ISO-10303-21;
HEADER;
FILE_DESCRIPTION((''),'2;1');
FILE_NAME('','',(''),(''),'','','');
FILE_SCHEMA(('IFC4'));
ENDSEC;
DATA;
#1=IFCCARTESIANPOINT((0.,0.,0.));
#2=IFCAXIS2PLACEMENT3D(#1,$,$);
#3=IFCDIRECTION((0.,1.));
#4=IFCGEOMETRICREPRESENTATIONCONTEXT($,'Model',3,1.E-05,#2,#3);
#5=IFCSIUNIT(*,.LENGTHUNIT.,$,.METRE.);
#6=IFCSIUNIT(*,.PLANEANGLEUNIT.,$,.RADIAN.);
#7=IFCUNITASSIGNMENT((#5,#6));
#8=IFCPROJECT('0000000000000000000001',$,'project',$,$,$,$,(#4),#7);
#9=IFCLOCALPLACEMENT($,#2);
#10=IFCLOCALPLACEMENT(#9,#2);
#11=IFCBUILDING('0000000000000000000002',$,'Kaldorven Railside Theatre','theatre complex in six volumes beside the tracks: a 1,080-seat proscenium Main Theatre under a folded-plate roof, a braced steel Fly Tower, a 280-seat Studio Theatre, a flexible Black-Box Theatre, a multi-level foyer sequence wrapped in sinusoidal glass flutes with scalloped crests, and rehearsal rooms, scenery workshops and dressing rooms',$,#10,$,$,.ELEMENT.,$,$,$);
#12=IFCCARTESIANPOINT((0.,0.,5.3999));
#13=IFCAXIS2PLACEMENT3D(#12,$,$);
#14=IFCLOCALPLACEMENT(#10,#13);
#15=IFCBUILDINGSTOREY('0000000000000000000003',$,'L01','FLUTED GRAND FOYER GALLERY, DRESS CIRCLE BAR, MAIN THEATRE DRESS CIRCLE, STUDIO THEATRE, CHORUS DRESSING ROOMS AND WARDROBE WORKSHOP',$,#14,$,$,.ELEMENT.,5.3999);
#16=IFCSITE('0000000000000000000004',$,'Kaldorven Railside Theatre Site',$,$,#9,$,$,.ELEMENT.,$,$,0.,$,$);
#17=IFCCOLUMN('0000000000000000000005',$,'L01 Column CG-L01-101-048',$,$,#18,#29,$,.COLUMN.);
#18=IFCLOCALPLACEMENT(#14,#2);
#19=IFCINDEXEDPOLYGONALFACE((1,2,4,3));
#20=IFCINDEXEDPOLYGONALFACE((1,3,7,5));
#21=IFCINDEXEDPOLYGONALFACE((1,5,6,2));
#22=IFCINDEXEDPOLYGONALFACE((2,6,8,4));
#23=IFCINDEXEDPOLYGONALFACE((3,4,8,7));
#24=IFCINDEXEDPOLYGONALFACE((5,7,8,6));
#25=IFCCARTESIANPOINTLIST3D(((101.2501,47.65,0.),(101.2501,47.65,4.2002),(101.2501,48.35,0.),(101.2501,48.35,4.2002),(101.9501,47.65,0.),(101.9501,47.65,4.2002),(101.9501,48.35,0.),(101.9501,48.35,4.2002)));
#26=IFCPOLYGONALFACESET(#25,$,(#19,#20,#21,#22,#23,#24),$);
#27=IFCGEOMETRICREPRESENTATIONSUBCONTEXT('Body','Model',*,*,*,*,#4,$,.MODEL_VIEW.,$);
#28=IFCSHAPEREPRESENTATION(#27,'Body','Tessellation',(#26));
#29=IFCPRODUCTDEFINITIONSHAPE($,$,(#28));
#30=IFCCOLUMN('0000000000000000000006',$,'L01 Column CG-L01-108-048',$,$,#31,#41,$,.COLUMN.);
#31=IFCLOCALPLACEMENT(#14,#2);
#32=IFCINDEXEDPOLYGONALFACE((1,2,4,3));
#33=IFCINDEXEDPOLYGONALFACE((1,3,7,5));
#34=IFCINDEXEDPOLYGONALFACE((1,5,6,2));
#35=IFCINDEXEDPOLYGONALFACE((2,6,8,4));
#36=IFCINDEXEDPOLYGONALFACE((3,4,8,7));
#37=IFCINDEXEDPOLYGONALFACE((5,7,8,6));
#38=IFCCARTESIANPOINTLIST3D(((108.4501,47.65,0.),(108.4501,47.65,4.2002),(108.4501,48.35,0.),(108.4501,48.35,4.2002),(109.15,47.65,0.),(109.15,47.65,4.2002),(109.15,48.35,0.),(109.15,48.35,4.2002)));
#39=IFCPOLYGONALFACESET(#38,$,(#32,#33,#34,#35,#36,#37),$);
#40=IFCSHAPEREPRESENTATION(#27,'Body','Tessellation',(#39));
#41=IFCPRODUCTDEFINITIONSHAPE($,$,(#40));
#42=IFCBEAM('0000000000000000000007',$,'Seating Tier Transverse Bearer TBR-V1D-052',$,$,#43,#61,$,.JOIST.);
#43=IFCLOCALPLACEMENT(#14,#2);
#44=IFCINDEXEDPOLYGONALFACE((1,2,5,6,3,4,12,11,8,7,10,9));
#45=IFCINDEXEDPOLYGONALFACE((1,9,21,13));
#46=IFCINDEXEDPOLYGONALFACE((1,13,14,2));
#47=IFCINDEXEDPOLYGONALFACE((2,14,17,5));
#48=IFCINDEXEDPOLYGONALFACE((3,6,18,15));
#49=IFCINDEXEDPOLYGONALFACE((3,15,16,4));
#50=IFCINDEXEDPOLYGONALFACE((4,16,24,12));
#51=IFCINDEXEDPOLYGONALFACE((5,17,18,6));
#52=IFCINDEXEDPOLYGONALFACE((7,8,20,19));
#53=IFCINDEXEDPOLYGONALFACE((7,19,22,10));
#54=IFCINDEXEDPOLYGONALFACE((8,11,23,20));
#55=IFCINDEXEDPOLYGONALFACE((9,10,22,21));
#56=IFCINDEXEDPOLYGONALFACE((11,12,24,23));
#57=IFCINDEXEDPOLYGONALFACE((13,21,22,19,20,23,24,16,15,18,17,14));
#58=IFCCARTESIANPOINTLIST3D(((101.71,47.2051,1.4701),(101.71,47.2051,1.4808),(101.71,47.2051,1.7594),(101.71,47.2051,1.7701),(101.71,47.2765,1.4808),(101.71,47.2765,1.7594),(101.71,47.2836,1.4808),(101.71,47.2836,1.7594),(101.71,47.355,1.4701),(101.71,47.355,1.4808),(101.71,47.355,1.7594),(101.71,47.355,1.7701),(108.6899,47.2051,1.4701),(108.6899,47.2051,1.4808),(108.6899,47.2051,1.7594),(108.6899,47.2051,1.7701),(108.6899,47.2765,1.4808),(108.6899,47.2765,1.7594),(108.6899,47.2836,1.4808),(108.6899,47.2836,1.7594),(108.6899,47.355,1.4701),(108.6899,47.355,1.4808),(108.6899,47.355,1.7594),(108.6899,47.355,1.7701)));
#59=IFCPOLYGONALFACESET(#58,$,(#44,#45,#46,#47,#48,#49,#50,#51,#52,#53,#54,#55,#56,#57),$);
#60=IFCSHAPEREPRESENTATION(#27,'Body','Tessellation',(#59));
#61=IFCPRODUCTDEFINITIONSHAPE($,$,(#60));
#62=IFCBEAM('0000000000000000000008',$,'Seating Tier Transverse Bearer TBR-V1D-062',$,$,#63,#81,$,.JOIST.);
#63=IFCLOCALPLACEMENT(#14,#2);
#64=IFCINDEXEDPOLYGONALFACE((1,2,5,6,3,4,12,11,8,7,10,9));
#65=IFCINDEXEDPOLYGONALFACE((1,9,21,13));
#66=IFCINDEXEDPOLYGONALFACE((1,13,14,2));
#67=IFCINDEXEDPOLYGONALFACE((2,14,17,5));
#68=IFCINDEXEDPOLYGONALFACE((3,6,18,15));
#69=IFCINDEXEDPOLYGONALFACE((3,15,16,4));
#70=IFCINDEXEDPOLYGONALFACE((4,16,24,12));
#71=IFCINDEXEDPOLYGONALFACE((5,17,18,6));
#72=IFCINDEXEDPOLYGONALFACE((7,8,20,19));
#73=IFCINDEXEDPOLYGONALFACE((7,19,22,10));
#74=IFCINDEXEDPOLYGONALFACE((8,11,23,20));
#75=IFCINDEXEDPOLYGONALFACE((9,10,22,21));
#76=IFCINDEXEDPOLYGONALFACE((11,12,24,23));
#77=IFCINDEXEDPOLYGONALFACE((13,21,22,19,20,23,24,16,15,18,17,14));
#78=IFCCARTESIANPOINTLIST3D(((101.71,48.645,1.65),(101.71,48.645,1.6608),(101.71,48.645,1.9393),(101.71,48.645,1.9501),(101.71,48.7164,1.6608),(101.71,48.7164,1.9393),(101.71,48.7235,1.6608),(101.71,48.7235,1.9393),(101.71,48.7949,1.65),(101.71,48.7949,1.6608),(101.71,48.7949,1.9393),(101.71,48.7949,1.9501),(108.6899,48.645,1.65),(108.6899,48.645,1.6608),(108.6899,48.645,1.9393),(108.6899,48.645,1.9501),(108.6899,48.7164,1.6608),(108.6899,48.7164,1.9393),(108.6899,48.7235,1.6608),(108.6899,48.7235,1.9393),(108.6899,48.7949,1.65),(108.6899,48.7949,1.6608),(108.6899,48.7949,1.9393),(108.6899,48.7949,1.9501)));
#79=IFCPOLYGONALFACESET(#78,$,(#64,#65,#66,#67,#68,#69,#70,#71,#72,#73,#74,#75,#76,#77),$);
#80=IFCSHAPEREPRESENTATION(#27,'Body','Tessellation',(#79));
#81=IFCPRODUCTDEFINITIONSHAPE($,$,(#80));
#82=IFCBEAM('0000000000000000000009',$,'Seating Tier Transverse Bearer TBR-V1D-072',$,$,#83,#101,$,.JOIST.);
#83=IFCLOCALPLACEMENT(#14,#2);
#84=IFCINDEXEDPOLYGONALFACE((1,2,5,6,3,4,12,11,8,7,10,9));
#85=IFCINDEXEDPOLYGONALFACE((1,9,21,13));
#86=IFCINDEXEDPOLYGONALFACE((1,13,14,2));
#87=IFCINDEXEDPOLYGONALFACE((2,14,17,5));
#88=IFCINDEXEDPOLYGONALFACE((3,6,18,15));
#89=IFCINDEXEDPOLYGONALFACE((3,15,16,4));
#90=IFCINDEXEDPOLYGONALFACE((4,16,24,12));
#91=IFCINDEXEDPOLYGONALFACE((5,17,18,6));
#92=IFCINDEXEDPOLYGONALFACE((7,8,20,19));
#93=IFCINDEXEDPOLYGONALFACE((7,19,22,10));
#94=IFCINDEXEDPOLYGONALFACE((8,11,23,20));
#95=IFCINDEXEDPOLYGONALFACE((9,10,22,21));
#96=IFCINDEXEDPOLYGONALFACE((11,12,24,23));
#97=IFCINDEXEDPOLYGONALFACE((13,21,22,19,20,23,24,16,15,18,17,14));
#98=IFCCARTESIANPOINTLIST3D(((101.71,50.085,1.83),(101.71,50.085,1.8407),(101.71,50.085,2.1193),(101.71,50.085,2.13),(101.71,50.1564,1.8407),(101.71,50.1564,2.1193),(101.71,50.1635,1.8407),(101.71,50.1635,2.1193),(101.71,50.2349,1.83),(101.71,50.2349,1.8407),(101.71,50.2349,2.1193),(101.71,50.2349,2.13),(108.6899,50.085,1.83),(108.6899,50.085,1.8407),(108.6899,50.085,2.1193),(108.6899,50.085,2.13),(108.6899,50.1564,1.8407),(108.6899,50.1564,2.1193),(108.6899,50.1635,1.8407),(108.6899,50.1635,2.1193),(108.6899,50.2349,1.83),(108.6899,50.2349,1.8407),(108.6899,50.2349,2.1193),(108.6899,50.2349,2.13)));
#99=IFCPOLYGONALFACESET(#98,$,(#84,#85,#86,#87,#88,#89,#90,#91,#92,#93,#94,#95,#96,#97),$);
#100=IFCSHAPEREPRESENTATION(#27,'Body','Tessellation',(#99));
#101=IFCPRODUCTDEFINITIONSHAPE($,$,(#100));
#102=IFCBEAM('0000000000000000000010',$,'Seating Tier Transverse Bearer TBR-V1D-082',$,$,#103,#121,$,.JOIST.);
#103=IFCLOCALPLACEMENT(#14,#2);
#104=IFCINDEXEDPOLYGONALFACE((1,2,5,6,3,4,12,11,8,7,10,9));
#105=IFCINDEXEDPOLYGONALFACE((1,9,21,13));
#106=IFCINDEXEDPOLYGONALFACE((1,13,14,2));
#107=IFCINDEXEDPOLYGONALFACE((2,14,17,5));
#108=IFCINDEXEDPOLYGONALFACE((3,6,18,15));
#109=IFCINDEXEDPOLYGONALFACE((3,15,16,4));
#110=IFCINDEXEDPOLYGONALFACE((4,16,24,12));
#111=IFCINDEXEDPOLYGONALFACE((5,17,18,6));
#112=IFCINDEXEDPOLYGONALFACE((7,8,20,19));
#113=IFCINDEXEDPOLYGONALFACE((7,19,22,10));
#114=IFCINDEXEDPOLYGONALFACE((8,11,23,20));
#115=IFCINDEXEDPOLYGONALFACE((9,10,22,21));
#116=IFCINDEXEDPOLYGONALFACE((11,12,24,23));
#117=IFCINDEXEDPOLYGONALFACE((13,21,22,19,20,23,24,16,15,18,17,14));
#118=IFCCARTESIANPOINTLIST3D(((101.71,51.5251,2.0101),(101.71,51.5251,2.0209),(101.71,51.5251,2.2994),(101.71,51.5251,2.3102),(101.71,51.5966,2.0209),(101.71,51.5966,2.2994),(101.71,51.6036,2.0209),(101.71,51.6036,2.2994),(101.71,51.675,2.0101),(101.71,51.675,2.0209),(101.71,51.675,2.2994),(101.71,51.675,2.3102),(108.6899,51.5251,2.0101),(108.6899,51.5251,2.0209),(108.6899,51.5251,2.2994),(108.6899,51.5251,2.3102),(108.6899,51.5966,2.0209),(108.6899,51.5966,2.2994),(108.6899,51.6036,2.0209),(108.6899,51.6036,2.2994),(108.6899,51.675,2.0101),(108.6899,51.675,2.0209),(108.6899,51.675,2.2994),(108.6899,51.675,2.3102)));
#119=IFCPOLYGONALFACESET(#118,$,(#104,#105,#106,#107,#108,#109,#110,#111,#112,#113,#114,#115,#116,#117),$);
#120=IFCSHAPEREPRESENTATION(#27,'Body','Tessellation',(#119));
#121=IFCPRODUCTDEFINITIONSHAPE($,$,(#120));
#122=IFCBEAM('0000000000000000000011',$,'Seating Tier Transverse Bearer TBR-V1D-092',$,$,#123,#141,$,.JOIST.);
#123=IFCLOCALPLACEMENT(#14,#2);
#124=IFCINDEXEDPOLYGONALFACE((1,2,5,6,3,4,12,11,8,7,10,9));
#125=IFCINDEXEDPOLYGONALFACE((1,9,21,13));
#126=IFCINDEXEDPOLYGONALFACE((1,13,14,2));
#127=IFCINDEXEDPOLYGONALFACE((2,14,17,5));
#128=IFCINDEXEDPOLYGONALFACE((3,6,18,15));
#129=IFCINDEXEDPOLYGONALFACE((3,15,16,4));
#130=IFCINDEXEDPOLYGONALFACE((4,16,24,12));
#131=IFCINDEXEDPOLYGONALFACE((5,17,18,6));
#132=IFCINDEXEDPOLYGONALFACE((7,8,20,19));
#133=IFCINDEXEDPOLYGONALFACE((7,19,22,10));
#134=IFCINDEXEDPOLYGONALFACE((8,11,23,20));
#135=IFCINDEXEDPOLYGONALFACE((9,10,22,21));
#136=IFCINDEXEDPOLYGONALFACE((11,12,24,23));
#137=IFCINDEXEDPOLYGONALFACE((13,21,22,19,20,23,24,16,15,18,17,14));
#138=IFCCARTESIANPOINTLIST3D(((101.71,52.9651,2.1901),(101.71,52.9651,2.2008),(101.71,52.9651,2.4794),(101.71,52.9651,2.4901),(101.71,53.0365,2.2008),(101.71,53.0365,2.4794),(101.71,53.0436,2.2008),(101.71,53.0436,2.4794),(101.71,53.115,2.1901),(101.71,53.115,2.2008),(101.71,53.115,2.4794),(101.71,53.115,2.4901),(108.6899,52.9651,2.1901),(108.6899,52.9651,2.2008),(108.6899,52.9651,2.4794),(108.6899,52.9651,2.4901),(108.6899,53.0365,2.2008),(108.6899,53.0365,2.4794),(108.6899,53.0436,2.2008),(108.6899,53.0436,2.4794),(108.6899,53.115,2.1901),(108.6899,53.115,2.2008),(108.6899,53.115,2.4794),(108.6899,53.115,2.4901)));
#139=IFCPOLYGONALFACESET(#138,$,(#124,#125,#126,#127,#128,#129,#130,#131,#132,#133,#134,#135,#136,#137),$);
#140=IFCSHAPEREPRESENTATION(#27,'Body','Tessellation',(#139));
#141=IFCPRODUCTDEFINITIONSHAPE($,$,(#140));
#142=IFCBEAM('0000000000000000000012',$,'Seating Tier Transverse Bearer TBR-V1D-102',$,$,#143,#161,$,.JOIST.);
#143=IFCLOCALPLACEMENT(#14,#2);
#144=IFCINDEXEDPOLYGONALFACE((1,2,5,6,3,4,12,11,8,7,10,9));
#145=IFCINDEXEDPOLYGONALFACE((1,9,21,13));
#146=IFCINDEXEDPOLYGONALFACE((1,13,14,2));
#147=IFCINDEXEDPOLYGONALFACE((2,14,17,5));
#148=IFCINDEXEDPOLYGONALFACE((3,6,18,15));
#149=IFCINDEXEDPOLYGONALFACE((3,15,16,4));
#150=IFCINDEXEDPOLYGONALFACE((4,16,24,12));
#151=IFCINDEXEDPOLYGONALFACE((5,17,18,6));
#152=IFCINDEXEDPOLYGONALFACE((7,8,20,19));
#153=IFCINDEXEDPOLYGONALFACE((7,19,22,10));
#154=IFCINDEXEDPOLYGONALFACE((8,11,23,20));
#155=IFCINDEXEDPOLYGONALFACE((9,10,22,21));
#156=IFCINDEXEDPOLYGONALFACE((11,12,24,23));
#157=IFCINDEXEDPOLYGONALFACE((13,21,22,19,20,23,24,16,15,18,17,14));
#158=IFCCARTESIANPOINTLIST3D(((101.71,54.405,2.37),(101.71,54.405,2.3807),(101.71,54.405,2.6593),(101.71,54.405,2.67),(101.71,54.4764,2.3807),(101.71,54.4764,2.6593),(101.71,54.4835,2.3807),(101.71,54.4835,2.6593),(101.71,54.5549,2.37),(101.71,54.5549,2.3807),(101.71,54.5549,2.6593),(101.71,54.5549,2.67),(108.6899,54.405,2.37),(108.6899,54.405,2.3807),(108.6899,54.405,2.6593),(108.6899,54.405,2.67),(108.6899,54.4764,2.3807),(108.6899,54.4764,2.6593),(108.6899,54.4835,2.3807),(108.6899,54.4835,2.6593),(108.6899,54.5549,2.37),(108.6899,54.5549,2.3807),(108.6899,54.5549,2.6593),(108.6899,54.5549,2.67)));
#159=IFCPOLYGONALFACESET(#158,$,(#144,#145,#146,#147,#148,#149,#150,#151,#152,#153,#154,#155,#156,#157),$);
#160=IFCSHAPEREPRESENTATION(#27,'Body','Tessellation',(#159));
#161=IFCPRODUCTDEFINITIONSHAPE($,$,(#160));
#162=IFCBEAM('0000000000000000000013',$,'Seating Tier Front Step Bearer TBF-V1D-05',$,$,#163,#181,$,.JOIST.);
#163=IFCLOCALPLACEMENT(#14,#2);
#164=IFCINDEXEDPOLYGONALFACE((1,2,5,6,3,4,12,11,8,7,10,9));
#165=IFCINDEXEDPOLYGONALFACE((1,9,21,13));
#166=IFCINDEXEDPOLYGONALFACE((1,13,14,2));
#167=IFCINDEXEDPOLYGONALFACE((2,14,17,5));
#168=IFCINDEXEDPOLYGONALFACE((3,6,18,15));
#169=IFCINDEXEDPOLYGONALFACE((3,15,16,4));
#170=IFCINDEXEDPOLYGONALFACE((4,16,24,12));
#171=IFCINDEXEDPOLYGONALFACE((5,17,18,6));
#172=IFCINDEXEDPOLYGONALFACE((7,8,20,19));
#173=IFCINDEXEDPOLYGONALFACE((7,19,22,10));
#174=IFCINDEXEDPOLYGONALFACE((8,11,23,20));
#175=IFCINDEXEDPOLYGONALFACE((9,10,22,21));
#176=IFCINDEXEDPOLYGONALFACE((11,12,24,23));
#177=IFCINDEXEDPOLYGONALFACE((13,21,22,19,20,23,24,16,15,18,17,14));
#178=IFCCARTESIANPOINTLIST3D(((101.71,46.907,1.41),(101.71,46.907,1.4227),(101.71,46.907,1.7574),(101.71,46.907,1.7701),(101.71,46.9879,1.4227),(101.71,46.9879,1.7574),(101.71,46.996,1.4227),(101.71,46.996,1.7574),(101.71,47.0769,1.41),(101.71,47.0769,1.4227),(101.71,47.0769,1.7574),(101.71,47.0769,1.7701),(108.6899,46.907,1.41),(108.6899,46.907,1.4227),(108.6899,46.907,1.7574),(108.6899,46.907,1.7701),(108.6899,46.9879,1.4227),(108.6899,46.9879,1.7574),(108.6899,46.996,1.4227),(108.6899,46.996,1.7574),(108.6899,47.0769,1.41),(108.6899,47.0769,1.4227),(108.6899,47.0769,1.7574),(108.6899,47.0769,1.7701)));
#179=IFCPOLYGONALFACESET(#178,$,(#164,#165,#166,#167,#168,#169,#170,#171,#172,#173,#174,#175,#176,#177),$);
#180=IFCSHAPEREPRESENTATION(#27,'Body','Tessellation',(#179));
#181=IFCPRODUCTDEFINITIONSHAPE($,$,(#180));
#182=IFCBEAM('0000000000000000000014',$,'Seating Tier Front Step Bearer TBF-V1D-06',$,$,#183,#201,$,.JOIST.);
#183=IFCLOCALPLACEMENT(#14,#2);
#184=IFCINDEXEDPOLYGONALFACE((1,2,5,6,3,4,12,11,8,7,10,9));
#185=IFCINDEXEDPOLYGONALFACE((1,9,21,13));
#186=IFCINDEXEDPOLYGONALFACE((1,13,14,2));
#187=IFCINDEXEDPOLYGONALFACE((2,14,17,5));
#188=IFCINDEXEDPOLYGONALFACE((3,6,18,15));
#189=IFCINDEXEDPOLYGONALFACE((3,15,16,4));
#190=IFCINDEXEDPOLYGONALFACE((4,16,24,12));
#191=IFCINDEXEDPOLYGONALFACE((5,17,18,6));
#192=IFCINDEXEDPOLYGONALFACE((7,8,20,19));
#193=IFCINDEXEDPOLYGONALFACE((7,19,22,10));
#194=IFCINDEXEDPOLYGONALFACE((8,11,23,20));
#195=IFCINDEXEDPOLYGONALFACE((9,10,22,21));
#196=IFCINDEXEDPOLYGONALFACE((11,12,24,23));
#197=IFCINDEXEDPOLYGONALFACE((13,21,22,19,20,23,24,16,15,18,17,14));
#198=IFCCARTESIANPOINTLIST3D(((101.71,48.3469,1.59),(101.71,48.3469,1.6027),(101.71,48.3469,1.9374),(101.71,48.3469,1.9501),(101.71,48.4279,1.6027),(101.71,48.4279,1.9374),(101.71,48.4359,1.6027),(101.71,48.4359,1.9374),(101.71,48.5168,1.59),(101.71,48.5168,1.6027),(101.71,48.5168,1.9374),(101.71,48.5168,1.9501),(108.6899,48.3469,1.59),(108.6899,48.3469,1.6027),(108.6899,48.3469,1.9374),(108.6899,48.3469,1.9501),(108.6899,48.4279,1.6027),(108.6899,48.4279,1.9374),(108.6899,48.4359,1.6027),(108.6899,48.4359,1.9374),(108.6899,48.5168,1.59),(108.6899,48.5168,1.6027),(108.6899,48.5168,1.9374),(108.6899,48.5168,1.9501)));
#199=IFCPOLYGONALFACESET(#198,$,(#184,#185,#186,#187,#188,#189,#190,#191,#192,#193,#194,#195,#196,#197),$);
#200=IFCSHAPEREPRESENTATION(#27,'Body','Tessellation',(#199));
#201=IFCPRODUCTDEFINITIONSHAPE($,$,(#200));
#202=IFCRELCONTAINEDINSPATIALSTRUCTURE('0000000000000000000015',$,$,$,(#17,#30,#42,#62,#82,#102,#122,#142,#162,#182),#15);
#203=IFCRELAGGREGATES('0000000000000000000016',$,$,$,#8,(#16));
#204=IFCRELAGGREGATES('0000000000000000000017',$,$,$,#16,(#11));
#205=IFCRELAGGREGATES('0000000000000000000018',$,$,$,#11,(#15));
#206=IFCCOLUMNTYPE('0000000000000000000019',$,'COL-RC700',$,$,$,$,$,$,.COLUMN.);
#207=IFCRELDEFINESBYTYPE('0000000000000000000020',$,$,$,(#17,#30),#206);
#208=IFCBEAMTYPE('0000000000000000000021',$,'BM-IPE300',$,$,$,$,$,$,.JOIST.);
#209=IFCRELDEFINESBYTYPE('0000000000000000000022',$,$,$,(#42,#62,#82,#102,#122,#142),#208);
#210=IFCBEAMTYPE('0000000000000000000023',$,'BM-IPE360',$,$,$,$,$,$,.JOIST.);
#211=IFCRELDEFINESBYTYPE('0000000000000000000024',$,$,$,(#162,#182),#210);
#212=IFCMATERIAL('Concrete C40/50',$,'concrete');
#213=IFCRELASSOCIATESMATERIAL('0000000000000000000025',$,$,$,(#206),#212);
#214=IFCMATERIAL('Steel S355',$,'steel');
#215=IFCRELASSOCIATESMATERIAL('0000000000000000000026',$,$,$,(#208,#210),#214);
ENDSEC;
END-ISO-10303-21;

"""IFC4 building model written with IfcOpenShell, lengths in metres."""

from ifc_helpers import new_model, si_unit, direction, frame, origin, origin_2d, place, context, subcontext, project, spatial, rectangle, i_section, extrude, material, material_profile, profile_set, type_object, element, save


model = new_model("IFC4")

# Units and contexts
model_context = context("Model", 3, precision=1e-05, world=origin(), true_north=direction((0.0, 1.0)))
body_context = subcontext(model_context, "Body", "Model", "MODEL_VIEW")
ifc_project = project(units=[si_unit("LENGTHUNIT", "METRE"), si_unit("PLANEANGLEUNIT", "RADIAN")], contexts=[model_context])

# Site, building, storey
site_placement = place(None, origin())
site = spatial("IfcSite", under=ifc_project, at=site_placement, Name="Kaldorven Railside Theatre Site", CompositionType="ELEMENT", RefElevation=0.0)
building_placement = place(site_placement, origin())
building = spatial("IfcBuilding", under=site, at=building_placement, Name="Kaldorven Railside Theatre", Description="theatre complex in six volumes beside the tracks: a 1,080-seat proscenium Main Theatre under a folded-plate roof, a braced steel Fly Tower, a 280-seat Studio Theatre, a flexible Black-Box Theatre, a multi-level foyer sequence wrapped in sinusoidal glass flutes with scalloped crests, and rehearsal rooms, scenery workshops and dressing rooms", CompositionType="ELEMENT")
storey_placement = place(building_placement, frame((0.0, 0.0, 5.3999)))
storey = spatial("IfcBuildingStorey", under=building, at=storey_placement, Name="L01", Description="FLUTED GRAND FOYER GALLERY, DRESS CIRCLE BAR, MAIN THEATRE DRESS CIRCLE, STUDIO THEATRE, CHORUS DRESSING ROOMS AND WARDROBE WORKSHOP", CompositionType="ELEMENT", Elevation=5.3999)

# Columns
ifc_material_1 = material(Name="Concrete C40/50", Category="concrete")
ifc_material_profile_1 = material_profile(ifc_material_1, rectangle(XDim=0.7, YDim=0.7, at=origin_2d()), Name="RC 700x700")
ifc_profile_set_1 = profile_set([ifc_material_profile_1], Name="Concrete C40/50")
column_type = type_object("IfcColumnType", Name="COL-RC700", PredefinedType="COLUMN", material=ifc_profile_set_1)
for number, where, z_axis, x_axis, name in (
    (1, (101.6001, 48.0, 0.0), (0.0, 0.0, 1.0), (0.0, 1.0, 0.0), "L01 Column CG-L01-101-048"),
    (2, (108.8, 48.0, 0.0), (0.0, 0.0, 1.0), (1.0, 0.0, 0.0), "L01 Column CG-L01-108-048"),
):
    element("IfcColumn", number, at=place(storey_placement, frame(where, z_axis=z_axis, x_axis=x_axis)), inside=storey, type_object=column_type, Name=name, PredefinedType="COLUMN", context=body_context, shape_type="SweptSolid", body=[
        extrude(rectangle(XDim=0.7, YDim=0.7, at=origin_2d()), origin(), (0.0, 0.0, 1.0), 4.2002),
    ])

# Beams
ifc_material_2 = material(Name="Steel S355", Category="steel")
ifc_material_profile_2 = material_profile(ifc_material_2, i_section(OverallWidth=0.1499, OverallDepth=0.3, WebThickness=0.0071, FlangeThickness=0.0107, at=origin_2d()), Name="IPE 300")
ifc_profile_set_2 = profile_set([ifc_material_profile_2], Name="Steel S355")
beam_type_1 = type_object("IfcBeamType", Name="BM-IPE300", PredefinedType="JOIST", material=ifc_profile_set_2)
for number, where, z_axis, x_axis, name in (
    (3, (101.71, 47.28, 1.6201), (1.0, 0.0, 0.0), (0.0, 1.0, 0.0), "Seating Tier Transverse Bearer TBR-V1D-052"),
    (4, (101.71, 48.72, 1.8), (1.0, 0.0, 0.0), (0.0, 1.0, 0.0), "Seating Tier Transverse Bearer TBR-V1D-062"),
    (5, (101.71, 50.1599, 1.98), (1.0, 0.0, 0.0), (0.0, 1.0, 0.0), "Seating Tier Transverse Bearer TBR-V1D-072"),
    (6, (101.71, 51.6001, 2.1602), (1.0, 0.0, 0.0), (0.0, 1.0, 0.0), "Seating Tier Transverse Bearer TBR-V1D-082"),
    (7, (101.71, 53.04, 2.3401), (1.0, 0.0, 0.0), (0.0, 1.0, 0.0), "Seating Tier Transverse Bearer TBR-V1D-092"),
    (8, (101.71, 54.48, 2.52), (1.0, 0.0, 0.0), (0.0, 1.0, 0.0), "Seating Tier Transverse Bearer TBR-V1D-102"),
):
    element("IfcBeam", number, at=place(storey_placement, frame(where, z_axis=z_axis, x_axis=x_axis)), inside=storey, type_object=beam_type_1, Name=name, PredefinedType="JOIST", context=body_context, shape_type="SweptSolid", body=[
        extrude(i_section(OverallWidth=0.1499, OverallDepth=0.3, WebThickness=0.0071, FlangeThickness=0.0107, at=origin_2d()), origin(), (0.0, 0.0, 1.0), 6.98),
    ])
ifc_material_profile_3 = material_profile(ifc_material_2, i_section(OverallWidth=0.1699, OverallDepth=0.3601, WebThickness=0.0081, FlangeThickness=0.0127, at=origin_2d()), Name="IPE 360")
ifc_profile_set_3 = profile_set([ifc_material_profile_3], Name="Steel S355")
beam_type_2 = type_object("IfcBeamType", Name="BM-IPE360", PredefinedType="JOIST", material=ifc_profile_set_3)
for number, where, z_axis, x_axis, name in (
    (9, (101.71, 46.9919, 1.5901), (1.0, 0.0, 0.0), (0.0, 1.0, 0.0), "Seating Tier Front Step Bearer TBF-V1D-05"),
    (10, (101.71, 48.4319, 1.77), (1.0, 0.0, 0.0), (0.0, 1.0, 0.0), "Seating Tier Front Step Bearer TBF-V1D-06"),
):
    element("IfcBeam", number, at=place(storey_placement, frame(where, z_axis=z_axis, x_axis=x_axis)), inside=storey, type_object=beam_type_2, Name=name, PredefinedType="JOIST", context=body_context, shape_type="SweptSolid", body=[
        extrude(i_section(OverallWidth=0.1699, OverallDepth=0.3601, WebThickness=0.0081, FlangeThickness=0.0127, at=origin_2d()), origin(), (0.0, 0.0, 1.0), 6.98),
    ])

save(model, "model.ifc")
